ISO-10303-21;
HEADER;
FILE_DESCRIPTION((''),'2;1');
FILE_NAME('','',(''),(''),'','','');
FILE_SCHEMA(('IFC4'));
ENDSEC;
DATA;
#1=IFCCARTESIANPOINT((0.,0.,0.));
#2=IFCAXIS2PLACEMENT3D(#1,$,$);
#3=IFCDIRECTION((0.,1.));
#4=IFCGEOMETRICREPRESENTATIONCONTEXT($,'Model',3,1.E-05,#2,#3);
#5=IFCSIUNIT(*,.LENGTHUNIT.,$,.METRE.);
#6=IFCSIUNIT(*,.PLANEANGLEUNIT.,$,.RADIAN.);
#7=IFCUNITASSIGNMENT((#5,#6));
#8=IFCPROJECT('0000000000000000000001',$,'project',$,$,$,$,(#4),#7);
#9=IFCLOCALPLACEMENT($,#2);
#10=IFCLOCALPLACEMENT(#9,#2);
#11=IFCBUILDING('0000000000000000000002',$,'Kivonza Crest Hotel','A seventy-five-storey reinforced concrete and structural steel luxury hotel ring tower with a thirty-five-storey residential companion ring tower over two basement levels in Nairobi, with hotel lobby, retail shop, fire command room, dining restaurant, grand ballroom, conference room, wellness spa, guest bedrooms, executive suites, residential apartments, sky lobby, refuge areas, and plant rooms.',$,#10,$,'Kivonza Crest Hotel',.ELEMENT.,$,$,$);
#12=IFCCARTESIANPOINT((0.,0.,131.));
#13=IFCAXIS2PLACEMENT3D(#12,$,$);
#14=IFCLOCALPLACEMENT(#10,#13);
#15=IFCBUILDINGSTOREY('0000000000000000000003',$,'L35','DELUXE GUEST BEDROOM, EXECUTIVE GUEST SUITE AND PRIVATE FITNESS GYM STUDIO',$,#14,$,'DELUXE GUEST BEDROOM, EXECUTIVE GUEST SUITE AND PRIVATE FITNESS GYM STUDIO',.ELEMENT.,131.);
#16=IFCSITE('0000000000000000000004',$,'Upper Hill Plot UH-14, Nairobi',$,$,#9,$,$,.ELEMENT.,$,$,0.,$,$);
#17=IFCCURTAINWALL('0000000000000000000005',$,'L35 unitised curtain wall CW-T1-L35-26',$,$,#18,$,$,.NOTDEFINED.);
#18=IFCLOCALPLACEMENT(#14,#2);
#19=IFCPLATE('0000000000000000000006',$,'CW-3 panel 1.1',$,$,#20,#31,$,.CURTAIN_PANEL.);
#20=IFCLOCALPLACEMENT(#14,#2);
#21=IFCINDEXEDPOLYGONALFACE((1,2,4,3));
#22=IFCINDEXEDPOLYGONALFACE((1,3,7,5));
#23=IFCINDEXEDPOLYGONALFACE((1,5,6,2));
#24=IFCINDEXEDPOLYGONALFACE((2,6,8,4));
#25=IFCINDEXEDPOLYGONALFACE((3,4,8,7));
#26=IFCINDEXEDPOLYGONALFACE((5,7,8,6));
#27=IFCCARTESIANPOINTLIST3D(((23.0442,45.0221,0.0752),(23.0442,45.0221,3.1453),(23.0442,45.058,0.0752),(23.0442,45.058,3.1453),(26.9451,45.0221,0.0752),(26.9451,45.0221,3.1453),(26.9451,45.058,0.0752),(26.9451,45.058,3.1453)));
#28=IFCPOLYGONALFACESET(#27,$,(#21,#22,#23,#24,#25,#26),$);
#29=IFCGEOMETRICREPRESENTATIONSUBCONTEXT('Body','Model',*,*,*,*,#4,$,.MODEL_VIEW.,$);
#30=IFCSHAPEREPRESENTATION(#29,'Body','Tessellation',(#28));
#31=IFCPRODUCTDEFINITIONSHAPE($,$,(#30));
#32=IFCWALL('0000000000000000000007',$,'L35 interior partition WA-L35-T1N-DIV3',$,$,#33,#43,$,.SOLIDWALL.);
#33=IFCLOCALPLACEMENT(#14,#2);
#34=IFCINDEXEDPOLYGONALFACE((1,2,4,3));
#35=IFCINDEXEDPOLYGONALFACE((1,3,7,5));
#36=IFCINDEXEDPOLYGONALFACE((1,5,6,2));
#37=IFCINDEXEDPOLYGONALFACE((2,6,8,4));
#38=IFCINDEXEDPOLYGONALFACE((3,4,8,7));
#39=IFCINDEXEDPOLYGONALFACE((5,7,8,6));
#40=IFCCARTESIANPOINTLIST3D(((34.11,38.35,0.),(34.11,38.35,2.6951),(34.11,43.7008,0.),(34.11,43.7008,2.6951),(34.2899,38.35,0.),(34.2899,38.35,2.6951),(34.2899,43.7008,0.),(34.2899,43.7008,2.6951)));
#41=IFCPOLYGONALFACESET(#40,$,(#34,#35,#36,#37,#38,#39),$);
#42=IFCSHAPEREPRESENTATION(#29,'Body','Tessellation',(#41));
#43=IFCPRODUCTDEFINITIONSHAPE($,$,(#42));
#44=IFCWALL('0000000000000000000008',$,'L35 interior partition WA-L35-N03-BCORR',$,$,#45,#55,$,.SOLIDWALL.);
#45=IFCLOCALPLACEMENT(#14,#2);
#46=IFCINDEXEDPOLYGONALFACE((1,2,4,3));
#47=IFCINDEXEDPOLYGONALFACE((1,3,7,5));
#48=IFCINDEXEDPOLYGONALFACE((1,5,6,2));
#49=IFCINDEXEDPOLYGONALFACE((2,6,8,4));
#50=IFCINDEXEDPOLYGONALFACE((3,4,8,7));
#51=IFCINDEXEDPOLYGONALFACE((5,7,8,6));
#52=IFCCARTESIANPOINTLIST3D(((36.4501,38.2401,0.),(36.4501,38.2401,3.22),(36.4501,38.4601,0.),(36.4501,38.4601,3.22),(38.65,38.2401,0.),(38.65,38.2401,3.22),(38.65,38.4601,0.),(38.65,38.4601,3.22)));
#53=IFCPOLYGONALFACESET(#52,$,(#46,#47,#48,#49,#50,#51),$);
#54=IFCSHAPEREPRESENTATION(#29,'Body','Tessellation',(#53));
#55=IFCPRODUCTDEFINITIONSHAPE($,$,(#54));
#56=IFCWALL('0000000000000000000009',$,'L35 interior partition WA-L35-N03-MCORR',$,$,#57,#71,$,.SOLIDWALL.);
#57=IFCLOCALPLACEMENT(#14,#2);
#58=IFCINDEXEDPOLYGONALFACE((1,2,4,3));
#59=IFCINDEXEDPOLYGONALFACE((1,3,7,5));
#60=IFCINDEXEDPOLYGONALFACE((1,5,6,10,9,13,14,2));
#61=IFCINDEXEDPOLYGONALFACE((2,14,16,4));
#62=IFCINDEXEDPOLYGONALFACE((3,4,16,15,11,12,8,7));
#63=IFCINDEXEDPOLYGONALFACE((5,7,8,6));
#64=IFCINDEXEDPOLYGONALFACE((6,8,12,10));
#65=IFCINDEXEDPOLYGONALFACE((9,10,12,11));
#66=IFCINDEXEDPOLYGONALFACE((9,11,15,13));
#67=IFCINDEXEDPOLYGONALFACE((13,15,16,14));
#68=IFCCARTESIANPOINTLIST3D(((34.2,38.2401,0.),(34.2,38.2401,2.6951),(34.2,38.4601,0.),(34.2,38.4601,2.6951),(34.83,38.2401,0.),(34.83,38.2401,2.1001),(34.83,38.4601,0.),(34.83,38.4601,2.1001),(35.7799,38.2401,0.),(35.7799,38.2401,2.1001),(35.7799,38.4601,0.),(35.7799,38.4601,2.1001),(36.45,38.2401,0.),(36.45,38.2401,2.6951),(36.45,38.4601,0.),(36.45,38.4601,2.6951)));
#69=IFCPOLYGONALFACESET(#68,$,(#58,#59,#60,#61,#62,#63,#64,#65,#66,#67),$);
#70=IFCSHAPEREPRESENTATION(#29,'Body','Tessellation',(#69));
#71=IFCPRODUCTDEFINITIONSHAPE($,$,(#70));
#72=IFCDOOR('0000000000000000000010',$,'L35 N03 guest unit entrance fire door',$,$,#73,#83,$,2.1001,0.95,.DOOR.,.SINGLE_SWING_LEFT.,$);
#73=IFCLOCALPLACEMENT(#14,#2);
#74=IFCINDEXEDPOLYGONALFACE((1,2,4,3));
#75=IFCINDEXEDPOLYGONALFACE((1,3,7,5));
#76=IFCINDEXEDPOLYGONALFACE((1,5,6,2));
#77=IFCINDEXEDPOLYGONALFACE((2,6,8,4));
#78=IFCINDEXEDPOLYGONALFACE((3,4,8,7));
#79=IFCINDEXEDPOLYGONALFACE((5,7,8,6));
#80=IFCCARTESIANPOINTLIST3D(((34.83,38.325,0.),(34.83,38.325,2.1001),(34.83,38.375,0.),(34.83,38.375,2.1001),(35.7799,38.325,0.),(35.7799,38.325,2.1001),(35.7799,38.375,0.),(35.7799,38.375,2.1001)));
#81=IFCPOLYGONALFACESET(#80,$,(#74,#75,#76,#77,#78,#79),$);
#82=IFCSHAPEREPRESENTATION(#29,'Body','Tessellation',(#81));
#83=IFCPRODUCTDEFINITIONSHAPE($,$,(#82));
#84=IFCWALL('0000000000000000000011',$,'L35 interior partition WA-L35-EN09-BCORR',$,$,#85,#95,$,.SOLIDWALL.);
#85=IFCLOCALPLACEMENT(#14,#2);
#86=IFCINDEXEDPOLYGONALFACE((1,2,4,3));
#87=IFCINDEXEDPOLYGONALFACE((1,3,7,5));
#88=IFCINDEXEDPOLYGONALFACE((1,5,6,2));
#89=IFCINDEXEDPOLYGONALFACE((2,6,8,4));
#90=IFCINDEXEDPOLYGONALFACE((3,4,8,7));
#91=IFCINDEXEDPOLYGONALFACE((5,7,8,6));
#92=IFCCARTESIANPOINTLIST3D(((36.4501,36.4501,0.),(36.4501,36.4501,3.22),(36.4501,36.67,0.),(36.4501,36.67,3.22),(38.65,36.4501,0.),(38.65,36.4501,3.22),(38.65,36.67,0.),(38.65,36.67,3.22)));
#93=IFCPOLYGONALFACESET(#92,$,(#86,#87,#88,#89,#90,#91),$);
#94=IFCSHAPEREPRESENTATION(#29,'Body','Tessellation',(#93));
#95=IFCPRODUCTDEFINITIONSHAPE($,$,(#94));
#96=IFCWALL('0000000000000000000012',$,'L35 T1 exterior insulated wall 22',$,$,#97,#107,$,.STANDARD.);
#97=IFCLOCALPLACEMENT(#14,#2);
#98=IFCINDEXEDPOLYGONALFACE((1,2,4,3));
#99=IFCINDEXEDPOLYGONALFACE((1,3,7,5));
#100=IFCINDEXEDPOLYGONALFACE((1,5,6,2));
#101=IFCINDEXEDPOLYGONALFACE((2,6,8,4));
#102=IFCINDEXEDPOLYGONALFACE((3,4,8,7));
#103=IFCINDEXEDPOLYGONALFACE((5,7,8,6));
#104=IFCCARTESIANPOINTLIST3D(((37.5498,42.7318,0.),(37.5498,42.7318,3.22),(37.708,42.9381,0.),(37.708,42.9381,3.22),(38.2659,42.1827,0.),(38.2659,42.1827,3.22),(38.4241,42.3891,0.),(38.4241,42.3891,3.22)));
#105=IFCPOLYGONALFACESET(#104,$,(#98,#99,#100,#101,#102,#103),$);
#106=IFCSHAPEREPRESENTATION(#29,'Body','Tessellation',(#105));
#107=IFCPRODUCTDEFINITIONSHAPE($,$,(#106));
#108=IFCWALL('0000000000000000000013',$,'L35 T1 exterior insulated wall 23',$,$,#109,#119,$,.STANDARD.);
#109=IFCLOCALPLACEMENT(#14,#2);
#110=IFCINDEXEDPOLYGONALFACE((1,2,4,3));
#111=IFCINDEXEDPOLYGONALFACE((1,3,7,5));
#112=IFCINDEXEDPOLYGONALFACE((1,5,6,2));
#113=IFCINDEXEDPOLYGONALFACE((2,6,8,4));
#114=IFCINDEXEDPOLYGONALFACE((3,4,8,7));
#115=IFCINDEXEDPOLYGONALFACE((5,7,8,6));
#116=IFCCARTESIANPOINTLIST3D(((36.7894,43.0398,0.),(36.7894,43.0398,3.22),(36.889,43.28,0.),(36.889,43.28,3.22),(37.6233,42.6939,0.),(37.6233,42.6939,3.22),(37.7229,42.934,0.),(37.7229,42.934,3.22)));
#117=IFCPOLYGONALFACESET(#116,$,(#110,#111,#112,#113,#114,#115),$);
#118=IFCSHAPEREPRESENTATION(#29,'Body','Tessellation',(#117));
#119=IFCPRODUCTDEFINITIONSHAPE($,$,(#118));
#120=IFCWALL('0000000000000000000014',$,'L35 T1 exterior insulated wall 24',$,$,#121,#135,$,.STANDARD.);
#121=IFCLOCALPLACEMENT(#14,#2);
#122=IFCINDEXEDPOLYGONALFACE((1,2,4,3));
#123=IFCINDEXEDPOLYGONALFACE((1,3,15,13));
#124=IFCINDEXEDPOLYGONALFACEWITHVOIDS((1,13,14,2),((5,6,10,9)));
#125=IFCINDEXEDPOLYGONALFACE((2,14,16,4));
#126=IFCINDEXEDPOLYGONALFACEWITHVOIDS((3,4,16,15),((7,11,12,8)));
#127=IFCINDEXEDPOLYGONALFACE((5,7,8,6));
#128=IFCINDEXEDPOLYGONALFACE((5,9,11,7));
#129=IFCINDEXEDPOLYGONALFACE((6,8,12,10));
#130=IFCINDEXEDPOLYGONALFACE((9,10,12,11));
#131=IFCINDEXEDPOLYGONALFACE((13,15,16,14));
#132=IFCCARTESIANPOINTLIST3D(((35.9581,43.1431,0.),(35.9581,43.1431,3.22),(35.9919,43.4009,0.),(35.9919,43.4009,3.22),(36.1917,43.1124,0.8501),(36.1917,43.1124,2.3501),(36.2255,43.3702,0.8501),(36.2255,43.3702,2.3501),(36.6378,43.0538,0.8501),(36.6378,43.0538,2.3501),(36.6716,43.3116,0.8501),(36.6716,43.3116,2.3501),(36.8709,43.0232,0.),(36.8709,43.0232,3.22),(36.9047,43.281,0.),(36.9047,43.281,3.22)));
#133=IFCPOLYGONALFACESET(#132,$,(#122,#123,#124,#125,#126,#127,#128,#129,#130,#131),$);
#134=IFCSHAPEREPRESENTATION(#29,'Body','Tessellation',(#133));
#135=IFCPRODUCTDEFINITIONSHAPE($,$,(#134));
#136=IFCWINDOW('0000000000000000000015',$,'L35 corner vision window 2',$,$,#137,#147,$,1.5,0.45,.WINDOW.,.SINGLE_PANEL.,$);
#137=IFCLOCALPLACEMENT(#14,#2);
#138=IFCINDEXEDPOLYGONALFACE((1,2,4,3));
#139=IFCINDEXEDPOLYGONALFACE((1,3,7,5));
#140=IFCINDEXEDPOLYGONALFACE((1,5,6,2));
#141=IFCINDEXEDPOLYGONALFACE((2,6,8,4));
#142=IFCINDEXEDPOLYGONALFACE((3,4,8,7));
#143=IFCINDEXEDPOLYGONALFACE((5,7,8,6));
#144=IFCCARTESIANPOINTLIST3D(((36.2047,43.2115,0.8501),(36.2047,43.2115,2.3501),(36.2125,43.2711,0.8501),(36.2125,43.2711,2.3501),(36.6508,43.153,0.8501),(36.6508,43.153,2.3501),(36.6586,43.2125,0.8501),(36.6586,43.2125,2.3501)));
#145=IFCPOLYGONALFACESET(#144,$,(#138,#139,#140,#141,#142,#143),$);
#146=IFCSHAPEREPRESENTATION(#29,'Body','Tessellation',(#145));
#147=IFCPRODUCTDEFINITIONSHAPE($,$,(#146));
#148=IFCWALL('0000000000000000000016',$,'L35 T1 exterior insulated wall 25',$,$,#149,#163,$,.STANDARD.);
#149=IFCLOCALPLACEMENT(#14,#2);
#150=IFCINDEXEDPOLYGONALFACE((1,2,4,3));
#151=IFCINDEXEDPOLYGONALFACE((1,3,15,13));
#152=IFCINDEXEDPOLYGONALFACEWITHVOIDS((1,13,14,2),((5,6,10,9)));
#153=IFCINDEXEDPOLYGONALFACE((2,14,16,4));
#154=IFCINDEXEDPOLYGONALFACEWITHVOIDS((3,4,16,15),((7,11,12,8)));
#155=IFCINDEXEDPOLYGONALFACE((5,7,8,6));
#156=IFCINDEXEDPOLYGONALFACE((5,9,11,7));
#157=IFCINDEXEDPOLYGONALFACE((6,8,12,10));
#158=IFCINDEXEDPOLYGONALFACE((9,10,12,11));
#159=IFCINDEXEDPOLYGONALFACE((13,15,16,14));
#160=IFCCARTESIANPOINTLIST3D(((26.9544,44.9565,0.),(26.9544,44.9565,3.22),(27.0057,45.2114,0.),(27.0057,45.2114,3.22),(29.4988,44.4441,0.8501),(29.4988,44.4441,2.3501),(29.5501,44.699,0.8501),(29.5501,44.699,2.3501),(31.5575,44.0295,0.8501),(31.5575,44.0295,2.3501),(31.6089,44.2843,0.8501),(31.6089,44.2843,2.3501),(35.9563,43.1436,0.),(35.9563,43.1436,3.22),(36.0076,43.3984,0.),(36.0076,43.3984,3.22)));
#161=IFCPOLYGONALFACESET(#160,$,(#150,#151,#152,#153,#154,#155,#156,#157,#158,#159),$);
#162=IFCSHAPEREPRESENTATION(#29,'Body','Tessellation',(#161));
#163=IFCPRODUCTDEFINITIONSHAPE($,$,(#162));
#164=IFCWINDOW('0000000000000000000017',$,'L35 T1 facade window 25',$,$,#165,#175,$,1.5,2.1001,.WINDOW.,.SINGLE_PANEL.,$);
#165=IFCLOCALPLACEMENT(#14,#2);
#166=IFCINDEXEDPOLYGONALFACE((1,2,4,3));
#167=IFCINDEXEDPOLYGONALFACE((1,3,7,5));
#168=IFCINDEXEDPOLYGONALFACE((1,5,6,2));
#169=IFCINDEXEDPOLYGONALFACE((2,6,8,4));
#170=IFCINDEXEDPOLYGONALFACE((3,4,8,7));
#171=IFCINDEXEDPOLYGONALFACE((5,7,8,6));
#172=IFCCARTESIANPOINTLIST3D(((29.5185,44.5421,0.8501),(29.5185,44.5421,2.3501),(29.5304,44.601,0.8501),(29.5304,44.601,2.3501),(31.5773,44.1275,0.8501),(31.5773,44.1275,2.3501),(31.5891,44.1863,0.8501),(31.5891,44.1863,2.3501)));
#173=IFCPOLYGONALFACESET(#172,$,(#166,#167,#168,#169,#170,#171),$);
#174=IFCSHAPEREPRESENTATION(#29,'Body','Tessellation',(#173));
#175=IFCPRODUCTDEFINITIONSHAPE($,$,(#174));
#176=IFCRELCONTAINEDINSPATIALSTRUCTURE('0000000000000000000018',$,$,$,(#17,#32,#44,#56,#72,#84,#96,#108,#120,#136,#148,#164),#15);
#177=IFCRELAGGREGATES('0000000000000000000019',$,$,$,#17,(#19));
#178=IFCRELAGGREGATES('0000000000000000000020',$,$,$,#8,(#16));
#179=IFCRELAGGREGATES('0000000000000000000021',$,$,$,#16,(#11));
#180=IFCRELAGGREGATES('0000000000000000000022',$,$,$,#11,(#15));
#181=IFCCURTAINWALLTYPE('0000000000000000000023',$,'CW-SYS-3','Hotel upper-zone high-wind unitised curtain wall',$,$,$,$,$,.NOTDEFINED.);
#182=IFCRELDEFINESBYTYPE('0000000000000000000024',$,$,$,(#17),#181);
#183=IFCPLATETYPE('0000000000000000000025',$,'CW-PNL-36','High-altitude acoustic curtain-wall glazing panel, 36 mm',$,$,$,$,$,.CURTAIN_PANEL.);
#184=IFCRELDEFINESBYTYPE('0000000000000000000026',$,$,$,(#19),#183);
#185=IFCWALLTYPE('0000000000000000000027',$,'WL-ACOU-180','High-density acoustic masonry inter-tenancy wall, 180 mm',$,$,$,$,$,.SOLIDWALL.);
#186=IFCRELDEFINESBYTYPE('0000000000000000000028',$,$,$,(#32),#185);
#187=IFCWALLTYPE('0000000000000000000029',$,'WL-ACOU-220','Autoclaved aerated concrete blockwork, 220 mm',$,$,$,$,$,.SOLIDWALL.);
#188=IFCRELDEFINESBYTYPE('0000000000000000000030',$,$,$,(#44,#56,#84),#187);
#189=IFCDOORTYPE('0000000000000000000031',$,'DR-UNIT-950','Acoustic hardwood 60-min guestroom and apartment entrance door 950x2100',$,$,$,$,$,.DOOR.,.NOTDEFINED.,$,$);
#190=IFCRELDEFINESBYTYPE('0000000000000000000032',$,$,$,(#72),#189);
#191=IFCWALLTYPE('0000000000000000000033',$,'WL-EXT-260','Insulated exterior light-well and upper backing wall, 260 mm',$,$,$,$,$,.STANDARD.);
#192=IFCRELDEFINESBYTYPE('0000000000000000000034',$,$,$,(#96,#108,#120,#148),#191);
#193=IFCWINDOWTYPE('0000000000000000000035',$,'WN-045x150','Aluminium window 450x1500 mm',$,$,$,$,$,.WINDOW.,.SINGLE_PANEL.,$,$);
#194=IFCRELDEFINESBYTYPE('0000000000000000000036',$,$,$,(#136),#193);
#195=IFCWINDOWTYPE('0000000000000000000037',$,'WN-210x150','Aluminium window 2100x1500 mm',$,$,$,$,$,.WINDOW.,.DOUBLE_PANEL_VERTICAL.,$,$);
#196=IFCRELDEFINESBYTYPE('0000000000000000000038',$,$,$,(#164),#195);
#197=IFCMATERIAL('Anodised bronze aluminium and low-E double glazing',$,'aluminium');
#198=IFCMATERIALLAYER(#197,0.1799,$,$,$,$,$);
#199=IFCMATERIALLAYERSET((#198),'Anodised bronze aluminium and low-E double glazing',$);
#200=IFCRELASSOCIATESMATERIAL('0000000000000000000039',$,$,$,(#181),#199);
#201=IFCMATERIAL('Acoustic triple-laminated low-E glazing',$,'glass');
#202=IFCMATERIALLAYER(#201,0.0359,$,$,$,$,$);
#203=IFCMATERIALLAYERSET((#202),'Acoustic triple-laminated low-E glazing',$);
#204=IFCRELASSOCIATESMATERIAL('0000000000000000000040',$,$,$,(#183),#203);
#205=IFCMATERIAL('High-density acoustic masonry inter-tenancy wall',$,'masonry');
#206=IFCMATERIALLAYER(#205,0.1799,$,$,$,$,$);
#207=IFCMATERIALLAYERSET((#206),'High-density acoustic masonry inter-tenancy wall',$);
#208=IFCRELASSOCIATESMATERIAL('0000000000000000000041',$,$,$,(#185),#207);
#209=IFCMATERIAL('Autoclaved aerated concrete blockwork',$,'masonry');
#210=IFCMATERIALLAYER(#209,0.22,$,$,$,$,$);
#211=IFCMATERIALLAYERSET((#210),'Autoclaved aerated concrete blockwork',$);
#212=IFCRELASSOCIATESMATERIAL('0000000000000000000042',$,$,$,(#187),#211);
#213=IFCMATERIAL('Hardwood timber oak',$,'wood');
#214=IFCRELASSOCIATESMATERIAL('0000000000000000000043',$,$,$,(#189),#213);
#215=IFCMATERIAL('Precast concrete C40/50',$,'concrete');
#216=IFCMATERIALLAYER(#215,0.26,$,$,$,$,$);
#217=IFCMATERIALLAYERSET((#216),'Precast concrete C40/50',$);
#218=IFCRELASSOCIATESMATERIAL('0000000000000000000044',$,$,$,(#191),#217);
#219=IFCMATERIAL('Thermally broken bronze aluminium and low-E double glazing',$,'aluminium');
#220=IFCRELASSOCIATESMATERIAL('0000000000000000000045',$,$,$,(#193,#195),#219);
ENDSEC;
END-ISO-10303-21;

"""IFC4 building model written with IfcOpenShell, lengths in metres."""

from ifc_helpers import new_model, si_unit, direction, frame, frame_2d, origin, origin_2d, place, context, subcontext, project, spatial, rectangle, extrude, material, layer, layer_set, type_object, element, fill, aggregate, save


model = new_model("IFC4")

# Units and contexts
model_context = context("Model", 3, precision=1e-05, world=origin(), true_north=direction((0.0, 1.0)))
body_context = subcontext(model_context, "Body", "Model", "MODEL_VIEW")
ifc_project = project(units=[si_unit("LENGTHUNIT", "METRE"), si_unit("PLANEANGLEUNIT", "RADIAN")], contexts=[model_context])

# Site, building, storey
site_placement = place(None, origin())
site = spatial("IfcSite", under=ifc_project, at=site_placement, Name="Upper Hill Plot UH-14, Nairobi", CompositionType="ELEMENT", RefElevation=0.0)
building_placement = place(site_placement, origin())
building = spatial("IfcBuilding", under=site, at=building_placement, Name="Kivonza Crest Hotel", Description="A seventy-five-storey reinforced concrete and structural steel luxury hotel ring tower with a thirty-five-storey residential companion ring tower over two basement levels in Nairobi, with hotel lobby, retail shop, fire command room, dining restaurant, grand ballroom, conference room, wellness spa, guest bedrooms, executive suites, residential apartments, sky lobby, refuge areas, and plant rooms.", LongName="Kivonza Crest Hotel", CompositionType="ELEMENT")
storey_placement = place(building_placement, frame((0.0, 0.0, 131.0)))
storey = spatial("IfcBuildingStorey", under=building, at=storey_placement, Name="L35", Description="DELUXE GUEST BEDROOM, EXECUTIVE GUEST SUITE AND PRIVATE FITNESS GYM STUDIO", LongName="DELUXE GUEST BEDROOM, EXECUTIVE GUEST SUITE AND PRIVATE FITNESS GYM STUDIO", CompositionType="ELEMENT", Elevation=131.0)

# Curtain wall, plate
ifc_material_1 = material(Name="Anodised bronze aluminium and low-E double glazing", Category="aluminium")
ifc_layer_1 = layer(ifc_material_1, 0.1799)
ifc_layer_set_1 = layer_set([ifc_layer_1], Name="Anodised bronze aluminium and low-E double glazing")
curtain_wall_type = type_object("IfcCurtainWallType", Name="CW-SYS-3", Description="Hotel upper-zone high-wind unitised curtain wall", PredefinedType="NOTDEFINED", material=ifc_layer_set_1)
curtain_wall_placement = place(storey_placement, origin())
curtain_wall = element("IfcCurtainWall", 1, at=curtain_wall_placement, inside=storey, type_object=curtain_wall_type, Name="L35 unitised curtain wall CW-T1-L35-26", PredefinedType="NOTDEFINED")
ifc_material_2 = material(Name="Acoustic triple-laminated low-E glazing", Category="glass")
ifc_layer_2 = layer(ifc_material_2, 0.0359)
ifc_layer_set_2 = layer_set([ifc_layer_2], Name="Acoustic triple-laminated low-E glazing")
plate_type = type_object("IfcPlateType", Name="CW-PNL-36", Description="High-altitude acoustic curtain-wall glazing panel, 36 mm", PredefinedType="CURTAIN_PANEL", material=ifc_layer_set_2)
plate_placement = place(storey_placement, frame((24.9946, 45.04, 0.0752), z_axis=(0.0, 0.0, 1.0), x_axis=(-1.0, 0.0, 0.0)))
plate = element("IfcPlate", 2, at=plate_placement, type_object=plate_type, Name="CW-3 panel 1.1", PredefinedType="CURTAIN_PANEL", context=body_context, shape_type="SweptSolid", body=[
    extrude(rectangle(XDim=3.9009, YDim=0.0359, at=origin_2d()), origin(), (0.0, 0.0, 1.0), 3.0701),
])
aggregate(curtain_wall, [plate])

# Walls
ifc_material_3 = material(Name="High-density acoustic masonry inter-tenancy wall", Category="masonry")
ifc_layer_3 = layer(ifc_material_3, 0.1799)
ifc_layer_set_3 = layer_set([ifc_layer_3], Name="High-density acoustic masonry inter-tenancy wall")
wall_type_1 = type_object("IfcWallType", Name="WL-ACOU-180", Description="High-density acoustic masonry inter-tenancy wall, 180 mm", PredefinedType="SOLIDWALL", material=ifc_layer_set_3)
wall_1_placement = place(storey_placement, frame((34.2, 38.3501, 0.0), z_axis=(0.0, 0.0, 1.0), x_axis=(0.0, 1.0, 0.0)))
element("IfcWall", 3, at=wall_1_placement, inside=storey, type_object=wall_type_1, Name="L35 interior partition WA-L35-T1N-DIV3", PredefinedType="SOLIDWALL", context=body_context, shape_type="SweptSolid", body=[
    extrude(rectangle(XDim=5.3508, YDim=0.1799, at=frame_2d((2.6753, 0.0))), origin(), (0.0, 0.0, 1.0), 2.6951),
])
ifc_material_4 = material(Name="Autoclaved aerated concrete blockwork", Category="masonry")
ifc_layer_4 = layer(ifc_material_4, 0.22)
ifc_layer_set_4 = layer_set([ifc_layer_4], Name="Autoclaved aerated concrete blockwork")
wall_type_2 = type_object("IfcWallType", Name="WL-ACOU-220", Description="Autoclaved aerated concrete blockwork, 220 mm", PredefinedType="SOLIDWALL", material=ifc_layer_set_4)
wall_2_placement = place(storey_placement, frame((36.45, 38.3501, 0.0), z_axis=(0.0, 0.0, 1.0), x_axis=(1.0, 0.0, 0.0)))
element("IfcWall", 4, at=wall_2_placement, inside=storey, type_object=wall_type_2, Name="L35 interior partition WA-L35-N03-BCORR", PredefinedType="SOLIDWALL", context=body_context, shape_type="SweptSolid", body=[
    extrude(rectangle(XDim=2.2, YDim=0.22, at=frame_2d((1.1001, 0.0))), origin(), (0.0, 0.0, 1.0), 3.22),
])

# Wall, opening, door
wall_3_placement = place(storey_placement, frame((34.2, 38.3501, 0.0), z_axis=(0.0, 0.0, 1.0), x_axis=(1.0, 0.0, 0.0)))
wall_3 = element("IfcWall", 5, at=wall_3_placement, inside=storey, type_object=wall_type_2, Name="L35 interior partition WA-L35-N03-MCORR", PredefinedType="SOLIDWALL", context=body_context, shape_type="SweptSolid", body=[
    extrude(rectangle(XDim=2.25, YDim=0.22, at=frame_2d((1.125, 0.0))), origin(), (0.0, 0.0, 1.0), 2.6951),
])
opening_1_placement = place(wall_3_placement, frame((0.6299, 0.0, 0.0)))
opening_1 = element("IfcOpeningElement", 6, at=opening_1_placement, cuts=wall_3, PredefinedType="OPENING", context=body_context, shape_type="SweptSolid", body=[
    extrude(rectangle(XDim=0.95, YDim=2.1001, at=frame_2d((0.4751, 1.05))), frame((0.0, 0.1201, 0.0), z_axis=(0.0, -1.0, 0.0), x_axis=(1.0, 0.0, 0.0)), (0.0, 0.0, 1.0), 0.24),
])
ifc_material_5 = material(Name="Hardwood timber oak", Category="wood")
door_type_1 = type_object("IfcDoorType", Name="DR-UNIT-950", Description="Acoustic hardwood 60-min guestroom and apartment entrance door 950x2100", OperationType="NOTDEFINED", PredefinedType="DOOR", material=ifc_material_5)
door_1_placement = place(opening_1_placement, origin())
door_1 = element("IfcDoor", 7, at=door_1_placement, inside=storey, type_object=door_type_1, Name="L35 N03 guest unit entrance fire door", OperationType="SINGLE_SWING_LEFT", OverallHeight=2.1001, OverallWidth=0.95, PredefinedType="DOOR", context=body_context, shape_type="SweptSolid", body=[
    extrude(rectangle(XDim=0.95, YDim=2.1001, at=frame_2d((0.4751, 1.05))), frame((0.0, 0.0249, 0.0), z_axis=(0.0, -1.0, 0.0), x_axis=(1.0, 0.0, 0.0)), (0.0, 0.0, 1.0), 0.05),
])
fill(opening_1, door_1)

# Walls
wall_4_placement = place(storey_placement, frame((36.45, 36.5601, 0.0), z_axis=(0.0, 0.0, 1.0), x_axis=(1.0, 0.0, 0.0)))
element("IfcWall", 8, at=wall_4_placement, inside=storey, type_object=wall_type_2, Name="L35 interior partition WA-L35-EN09-BCORR", PredefinedType="SOLIDWALL", context=body_context, shape_type="SweptSolid", body=[
    extrude(rectangle(XDim=2.2, YDim=0.22, at=frame_2d((1.1001, 0.0))), origin(), (0.0, 0.0, 1.0), 3.22),
])
ifc_material_6 = material(Name="Precast concrete C40/50", Category="concrete")
ifc_layer_5 = layer(ifc_material_6, 0.26)
ifc_layer_set_5 = layer_set([ifc_layer_5], Name="Precast concrete C40/50")
wall_type_3 = type_object("IfcWallType", Name="WL-EXT-260", Description="Insulated exterior light-well and upper backing wall, 260 mm", PredefinedType="STANDARD", material=ifc_layer_set_5)
wall_5_placement = place(storey_placement, frame((38.345, 42.2859, 0.0), z_axis=(0.0, 0.0, 1.0), x_axis=(-0.793558, 0.608494, 0.0)))
element("IfcWall", 9, at=wall_5_placement, inside=storey, type_object=wall_type_3, Name="L35 T1 exterior insulated wall 22", PredefinedType="STANDARD", context=body_context, shape_type="SweptSolid", body=[
    extrude(rectangle(XDim=0.9023, YDim=0.26, at=frame_2d((0.4512, 0.0))), origin(), (0.0, 0.0, 1.0), 3.22),
])
wall_6_placement = place(storey_placement, frame((37.6731, 42.814, 0.0), z_axis=(0.0, 0.0, 1.0), x_axis=(-0.923684, 0.383156, 0.0)))
element("IfcWall", 10, at=wall_6_placement, inside=storey, type_object=wall_type_3, Name="L35 T1 exterior insulated wall 23", PredefinedType="STANDARD", context=body_context, shape_type="SweptSolid", body=[
    extrude(rectangle(XDim=0.9028, YDim=0.26, at=frame_2d((0.4514, 0.0))), origin(), (0.0, 0.0, 1.0), 3.22),
])

# Walls, openings, windows
wall_7_placement = place(storey_placement, frame((36.8879, 43.1521, 0.0), z_axis=(0.0, 0.0, 1.0), x_axis=(-0.991488, 0.130201, 0.0)))
wall_7 = element("IfcWall", 11, at=wall_7_placement, inside=storey, type_object=wall_type_3, Name="L35 T1 exterior insulated wall 24", PredefinedType="STANDARD", context=body_context, shape_type="SweptSolid", body=[
    extrude(rectangle(XDim=0.9207, YDim=0.26, at=frame_2d((0.4604, 0.0))), origin(), (0.0, 0.0, 1.0), 3.22),
])
opening_2_placement = place(wall_7_placement, frame((0.2351, 0.0, 0.8501)))
opening_2 = element("IfcOpeningElement", 12, at=opening_2_placement, cuts=wall_7, PredefinedType="OPENING", context=body_context, shape_type="SweptSolid", body=[
    extrude(rectangle(XDim=0.45, YDim=1.5, at=frame_2d((0.2251, 0.75))), frame((0.0, 0.1401, 0.0), z_axis=(0.0, -1.0, 0.0), x_axis=(1.0, 0.0, 0.0)), (0.0, 0.0, 1.0), 0.28),
])
ifc_material_7 = material(Name="Thermally broken bronze aluminium and low-E double glazing", Category="aluminium")
window_type_1 = type_object("IfcWindowType", Name="WN-045x150", Description="Aluminium window 450x1500 mm", PartitioningType="SINGLE_PANEL", PredefinedType="WINDOW", material=ifc_material_7)
window_1_placement = place(opening_2_placement, origin())
window_1 = element("IfcWindow", 13, at=window_1_placement, inside=storey, type_object=window_type_1, Name="L35 corner vision window 2", OverallHeight=1.5, OverallWidth=0.45, PartitioningType="SINGLE_PANEL", PredefinedType="WINDOW", context=body_context, shape_type="SweptSolid", body=[
    extrude(rectangle(XDim=0.45, YDim=1.5, at=frame_2d((0.2251, 0.75))), frame((0.0, 0.03, 0.0), z_axis=(0.0, -1.0, 0.0), x_axis=(1.0, 0.0, 0.0)), (0.0, 0.0, 1.0), 0.0601),
])
fill(opening_2, window_1)
wall_8_placement = place(storey_placement, frame((35.9819, 43.271, 0.0), z_axis=(0.0, 0.0, 1.0), x_axis=(-0.980316, 0.197435, 0.0)))
wall_8 = element("IfcWall", 14, at=wall_8_placement, inside=storey, type_object=wall_type_3, Name="L35 T1 exterior insulated wall 25", PredefinedType="STANDARD", context=body_context, shape_type="SweptSolid", body=[
    extrude(rectangle(XDim=9.1826, YDim=0.26, at=frame_2d((4.5913, 0.0))), origin(), (0.0, 0.0, 1.0), 3.22),
])
opening_3_placement = place(wall_8_placement, frame((4.4871, 0.0, 0.8501)))
opening_3 = element("IfcOpeningElement", 15, at=opening_3_placement, cuts=wall_8, PredefinedType="OPENING", context=body_context, shape_type="SweptSolid", body=[
    extrude(rectangle(XDim=2.1001, YDim=1.5, at=frame_2d((1.05, 0.75))), frame((0.0, 0.1401, 0.0), z_axis=(0.0, -1.0, 0.0), x_axis=(1.0, 0.0, 0.0)), (0.0, 0.0, 1.0), 0.28),
])
window_type_2 = type_object("IfcWindowType", Name="WN-210x150", Description="Aluminium window 2100x1500 mm", PartitioningType="DOUBLE_PANEL_VERTICAL", PredefinedType="WINDOW", material=ifc_material_7)
window_2_placement = place(opening_3_placement, origin())
window_2 = element("IfcWindow", 16, at=window_2_placement, inside=storey, type_object=window_type_2, Name="L35 T1 facade window 25", OverallHeight=1.5, OverallWidth=2.1001, PartitioningType="SINGLE_PANEL", PredefinedType="WINDOW", context=body_context, shape_type="SweptSolid", body=[
    extrude(rectangle(XDim=2.1001, YDim=1.5, at=frame_2d((1.05, 0.75))), frame((0.0, 0.03, 0.0), z_axis=(0.0, -1.0, 0.0), x_axis=(1.0, 0.0, 0.0)), (0.0, 0.0, 1.0), 0.0601),
])
fill(opening_3, window_2)

save(model, "model.ifc")
